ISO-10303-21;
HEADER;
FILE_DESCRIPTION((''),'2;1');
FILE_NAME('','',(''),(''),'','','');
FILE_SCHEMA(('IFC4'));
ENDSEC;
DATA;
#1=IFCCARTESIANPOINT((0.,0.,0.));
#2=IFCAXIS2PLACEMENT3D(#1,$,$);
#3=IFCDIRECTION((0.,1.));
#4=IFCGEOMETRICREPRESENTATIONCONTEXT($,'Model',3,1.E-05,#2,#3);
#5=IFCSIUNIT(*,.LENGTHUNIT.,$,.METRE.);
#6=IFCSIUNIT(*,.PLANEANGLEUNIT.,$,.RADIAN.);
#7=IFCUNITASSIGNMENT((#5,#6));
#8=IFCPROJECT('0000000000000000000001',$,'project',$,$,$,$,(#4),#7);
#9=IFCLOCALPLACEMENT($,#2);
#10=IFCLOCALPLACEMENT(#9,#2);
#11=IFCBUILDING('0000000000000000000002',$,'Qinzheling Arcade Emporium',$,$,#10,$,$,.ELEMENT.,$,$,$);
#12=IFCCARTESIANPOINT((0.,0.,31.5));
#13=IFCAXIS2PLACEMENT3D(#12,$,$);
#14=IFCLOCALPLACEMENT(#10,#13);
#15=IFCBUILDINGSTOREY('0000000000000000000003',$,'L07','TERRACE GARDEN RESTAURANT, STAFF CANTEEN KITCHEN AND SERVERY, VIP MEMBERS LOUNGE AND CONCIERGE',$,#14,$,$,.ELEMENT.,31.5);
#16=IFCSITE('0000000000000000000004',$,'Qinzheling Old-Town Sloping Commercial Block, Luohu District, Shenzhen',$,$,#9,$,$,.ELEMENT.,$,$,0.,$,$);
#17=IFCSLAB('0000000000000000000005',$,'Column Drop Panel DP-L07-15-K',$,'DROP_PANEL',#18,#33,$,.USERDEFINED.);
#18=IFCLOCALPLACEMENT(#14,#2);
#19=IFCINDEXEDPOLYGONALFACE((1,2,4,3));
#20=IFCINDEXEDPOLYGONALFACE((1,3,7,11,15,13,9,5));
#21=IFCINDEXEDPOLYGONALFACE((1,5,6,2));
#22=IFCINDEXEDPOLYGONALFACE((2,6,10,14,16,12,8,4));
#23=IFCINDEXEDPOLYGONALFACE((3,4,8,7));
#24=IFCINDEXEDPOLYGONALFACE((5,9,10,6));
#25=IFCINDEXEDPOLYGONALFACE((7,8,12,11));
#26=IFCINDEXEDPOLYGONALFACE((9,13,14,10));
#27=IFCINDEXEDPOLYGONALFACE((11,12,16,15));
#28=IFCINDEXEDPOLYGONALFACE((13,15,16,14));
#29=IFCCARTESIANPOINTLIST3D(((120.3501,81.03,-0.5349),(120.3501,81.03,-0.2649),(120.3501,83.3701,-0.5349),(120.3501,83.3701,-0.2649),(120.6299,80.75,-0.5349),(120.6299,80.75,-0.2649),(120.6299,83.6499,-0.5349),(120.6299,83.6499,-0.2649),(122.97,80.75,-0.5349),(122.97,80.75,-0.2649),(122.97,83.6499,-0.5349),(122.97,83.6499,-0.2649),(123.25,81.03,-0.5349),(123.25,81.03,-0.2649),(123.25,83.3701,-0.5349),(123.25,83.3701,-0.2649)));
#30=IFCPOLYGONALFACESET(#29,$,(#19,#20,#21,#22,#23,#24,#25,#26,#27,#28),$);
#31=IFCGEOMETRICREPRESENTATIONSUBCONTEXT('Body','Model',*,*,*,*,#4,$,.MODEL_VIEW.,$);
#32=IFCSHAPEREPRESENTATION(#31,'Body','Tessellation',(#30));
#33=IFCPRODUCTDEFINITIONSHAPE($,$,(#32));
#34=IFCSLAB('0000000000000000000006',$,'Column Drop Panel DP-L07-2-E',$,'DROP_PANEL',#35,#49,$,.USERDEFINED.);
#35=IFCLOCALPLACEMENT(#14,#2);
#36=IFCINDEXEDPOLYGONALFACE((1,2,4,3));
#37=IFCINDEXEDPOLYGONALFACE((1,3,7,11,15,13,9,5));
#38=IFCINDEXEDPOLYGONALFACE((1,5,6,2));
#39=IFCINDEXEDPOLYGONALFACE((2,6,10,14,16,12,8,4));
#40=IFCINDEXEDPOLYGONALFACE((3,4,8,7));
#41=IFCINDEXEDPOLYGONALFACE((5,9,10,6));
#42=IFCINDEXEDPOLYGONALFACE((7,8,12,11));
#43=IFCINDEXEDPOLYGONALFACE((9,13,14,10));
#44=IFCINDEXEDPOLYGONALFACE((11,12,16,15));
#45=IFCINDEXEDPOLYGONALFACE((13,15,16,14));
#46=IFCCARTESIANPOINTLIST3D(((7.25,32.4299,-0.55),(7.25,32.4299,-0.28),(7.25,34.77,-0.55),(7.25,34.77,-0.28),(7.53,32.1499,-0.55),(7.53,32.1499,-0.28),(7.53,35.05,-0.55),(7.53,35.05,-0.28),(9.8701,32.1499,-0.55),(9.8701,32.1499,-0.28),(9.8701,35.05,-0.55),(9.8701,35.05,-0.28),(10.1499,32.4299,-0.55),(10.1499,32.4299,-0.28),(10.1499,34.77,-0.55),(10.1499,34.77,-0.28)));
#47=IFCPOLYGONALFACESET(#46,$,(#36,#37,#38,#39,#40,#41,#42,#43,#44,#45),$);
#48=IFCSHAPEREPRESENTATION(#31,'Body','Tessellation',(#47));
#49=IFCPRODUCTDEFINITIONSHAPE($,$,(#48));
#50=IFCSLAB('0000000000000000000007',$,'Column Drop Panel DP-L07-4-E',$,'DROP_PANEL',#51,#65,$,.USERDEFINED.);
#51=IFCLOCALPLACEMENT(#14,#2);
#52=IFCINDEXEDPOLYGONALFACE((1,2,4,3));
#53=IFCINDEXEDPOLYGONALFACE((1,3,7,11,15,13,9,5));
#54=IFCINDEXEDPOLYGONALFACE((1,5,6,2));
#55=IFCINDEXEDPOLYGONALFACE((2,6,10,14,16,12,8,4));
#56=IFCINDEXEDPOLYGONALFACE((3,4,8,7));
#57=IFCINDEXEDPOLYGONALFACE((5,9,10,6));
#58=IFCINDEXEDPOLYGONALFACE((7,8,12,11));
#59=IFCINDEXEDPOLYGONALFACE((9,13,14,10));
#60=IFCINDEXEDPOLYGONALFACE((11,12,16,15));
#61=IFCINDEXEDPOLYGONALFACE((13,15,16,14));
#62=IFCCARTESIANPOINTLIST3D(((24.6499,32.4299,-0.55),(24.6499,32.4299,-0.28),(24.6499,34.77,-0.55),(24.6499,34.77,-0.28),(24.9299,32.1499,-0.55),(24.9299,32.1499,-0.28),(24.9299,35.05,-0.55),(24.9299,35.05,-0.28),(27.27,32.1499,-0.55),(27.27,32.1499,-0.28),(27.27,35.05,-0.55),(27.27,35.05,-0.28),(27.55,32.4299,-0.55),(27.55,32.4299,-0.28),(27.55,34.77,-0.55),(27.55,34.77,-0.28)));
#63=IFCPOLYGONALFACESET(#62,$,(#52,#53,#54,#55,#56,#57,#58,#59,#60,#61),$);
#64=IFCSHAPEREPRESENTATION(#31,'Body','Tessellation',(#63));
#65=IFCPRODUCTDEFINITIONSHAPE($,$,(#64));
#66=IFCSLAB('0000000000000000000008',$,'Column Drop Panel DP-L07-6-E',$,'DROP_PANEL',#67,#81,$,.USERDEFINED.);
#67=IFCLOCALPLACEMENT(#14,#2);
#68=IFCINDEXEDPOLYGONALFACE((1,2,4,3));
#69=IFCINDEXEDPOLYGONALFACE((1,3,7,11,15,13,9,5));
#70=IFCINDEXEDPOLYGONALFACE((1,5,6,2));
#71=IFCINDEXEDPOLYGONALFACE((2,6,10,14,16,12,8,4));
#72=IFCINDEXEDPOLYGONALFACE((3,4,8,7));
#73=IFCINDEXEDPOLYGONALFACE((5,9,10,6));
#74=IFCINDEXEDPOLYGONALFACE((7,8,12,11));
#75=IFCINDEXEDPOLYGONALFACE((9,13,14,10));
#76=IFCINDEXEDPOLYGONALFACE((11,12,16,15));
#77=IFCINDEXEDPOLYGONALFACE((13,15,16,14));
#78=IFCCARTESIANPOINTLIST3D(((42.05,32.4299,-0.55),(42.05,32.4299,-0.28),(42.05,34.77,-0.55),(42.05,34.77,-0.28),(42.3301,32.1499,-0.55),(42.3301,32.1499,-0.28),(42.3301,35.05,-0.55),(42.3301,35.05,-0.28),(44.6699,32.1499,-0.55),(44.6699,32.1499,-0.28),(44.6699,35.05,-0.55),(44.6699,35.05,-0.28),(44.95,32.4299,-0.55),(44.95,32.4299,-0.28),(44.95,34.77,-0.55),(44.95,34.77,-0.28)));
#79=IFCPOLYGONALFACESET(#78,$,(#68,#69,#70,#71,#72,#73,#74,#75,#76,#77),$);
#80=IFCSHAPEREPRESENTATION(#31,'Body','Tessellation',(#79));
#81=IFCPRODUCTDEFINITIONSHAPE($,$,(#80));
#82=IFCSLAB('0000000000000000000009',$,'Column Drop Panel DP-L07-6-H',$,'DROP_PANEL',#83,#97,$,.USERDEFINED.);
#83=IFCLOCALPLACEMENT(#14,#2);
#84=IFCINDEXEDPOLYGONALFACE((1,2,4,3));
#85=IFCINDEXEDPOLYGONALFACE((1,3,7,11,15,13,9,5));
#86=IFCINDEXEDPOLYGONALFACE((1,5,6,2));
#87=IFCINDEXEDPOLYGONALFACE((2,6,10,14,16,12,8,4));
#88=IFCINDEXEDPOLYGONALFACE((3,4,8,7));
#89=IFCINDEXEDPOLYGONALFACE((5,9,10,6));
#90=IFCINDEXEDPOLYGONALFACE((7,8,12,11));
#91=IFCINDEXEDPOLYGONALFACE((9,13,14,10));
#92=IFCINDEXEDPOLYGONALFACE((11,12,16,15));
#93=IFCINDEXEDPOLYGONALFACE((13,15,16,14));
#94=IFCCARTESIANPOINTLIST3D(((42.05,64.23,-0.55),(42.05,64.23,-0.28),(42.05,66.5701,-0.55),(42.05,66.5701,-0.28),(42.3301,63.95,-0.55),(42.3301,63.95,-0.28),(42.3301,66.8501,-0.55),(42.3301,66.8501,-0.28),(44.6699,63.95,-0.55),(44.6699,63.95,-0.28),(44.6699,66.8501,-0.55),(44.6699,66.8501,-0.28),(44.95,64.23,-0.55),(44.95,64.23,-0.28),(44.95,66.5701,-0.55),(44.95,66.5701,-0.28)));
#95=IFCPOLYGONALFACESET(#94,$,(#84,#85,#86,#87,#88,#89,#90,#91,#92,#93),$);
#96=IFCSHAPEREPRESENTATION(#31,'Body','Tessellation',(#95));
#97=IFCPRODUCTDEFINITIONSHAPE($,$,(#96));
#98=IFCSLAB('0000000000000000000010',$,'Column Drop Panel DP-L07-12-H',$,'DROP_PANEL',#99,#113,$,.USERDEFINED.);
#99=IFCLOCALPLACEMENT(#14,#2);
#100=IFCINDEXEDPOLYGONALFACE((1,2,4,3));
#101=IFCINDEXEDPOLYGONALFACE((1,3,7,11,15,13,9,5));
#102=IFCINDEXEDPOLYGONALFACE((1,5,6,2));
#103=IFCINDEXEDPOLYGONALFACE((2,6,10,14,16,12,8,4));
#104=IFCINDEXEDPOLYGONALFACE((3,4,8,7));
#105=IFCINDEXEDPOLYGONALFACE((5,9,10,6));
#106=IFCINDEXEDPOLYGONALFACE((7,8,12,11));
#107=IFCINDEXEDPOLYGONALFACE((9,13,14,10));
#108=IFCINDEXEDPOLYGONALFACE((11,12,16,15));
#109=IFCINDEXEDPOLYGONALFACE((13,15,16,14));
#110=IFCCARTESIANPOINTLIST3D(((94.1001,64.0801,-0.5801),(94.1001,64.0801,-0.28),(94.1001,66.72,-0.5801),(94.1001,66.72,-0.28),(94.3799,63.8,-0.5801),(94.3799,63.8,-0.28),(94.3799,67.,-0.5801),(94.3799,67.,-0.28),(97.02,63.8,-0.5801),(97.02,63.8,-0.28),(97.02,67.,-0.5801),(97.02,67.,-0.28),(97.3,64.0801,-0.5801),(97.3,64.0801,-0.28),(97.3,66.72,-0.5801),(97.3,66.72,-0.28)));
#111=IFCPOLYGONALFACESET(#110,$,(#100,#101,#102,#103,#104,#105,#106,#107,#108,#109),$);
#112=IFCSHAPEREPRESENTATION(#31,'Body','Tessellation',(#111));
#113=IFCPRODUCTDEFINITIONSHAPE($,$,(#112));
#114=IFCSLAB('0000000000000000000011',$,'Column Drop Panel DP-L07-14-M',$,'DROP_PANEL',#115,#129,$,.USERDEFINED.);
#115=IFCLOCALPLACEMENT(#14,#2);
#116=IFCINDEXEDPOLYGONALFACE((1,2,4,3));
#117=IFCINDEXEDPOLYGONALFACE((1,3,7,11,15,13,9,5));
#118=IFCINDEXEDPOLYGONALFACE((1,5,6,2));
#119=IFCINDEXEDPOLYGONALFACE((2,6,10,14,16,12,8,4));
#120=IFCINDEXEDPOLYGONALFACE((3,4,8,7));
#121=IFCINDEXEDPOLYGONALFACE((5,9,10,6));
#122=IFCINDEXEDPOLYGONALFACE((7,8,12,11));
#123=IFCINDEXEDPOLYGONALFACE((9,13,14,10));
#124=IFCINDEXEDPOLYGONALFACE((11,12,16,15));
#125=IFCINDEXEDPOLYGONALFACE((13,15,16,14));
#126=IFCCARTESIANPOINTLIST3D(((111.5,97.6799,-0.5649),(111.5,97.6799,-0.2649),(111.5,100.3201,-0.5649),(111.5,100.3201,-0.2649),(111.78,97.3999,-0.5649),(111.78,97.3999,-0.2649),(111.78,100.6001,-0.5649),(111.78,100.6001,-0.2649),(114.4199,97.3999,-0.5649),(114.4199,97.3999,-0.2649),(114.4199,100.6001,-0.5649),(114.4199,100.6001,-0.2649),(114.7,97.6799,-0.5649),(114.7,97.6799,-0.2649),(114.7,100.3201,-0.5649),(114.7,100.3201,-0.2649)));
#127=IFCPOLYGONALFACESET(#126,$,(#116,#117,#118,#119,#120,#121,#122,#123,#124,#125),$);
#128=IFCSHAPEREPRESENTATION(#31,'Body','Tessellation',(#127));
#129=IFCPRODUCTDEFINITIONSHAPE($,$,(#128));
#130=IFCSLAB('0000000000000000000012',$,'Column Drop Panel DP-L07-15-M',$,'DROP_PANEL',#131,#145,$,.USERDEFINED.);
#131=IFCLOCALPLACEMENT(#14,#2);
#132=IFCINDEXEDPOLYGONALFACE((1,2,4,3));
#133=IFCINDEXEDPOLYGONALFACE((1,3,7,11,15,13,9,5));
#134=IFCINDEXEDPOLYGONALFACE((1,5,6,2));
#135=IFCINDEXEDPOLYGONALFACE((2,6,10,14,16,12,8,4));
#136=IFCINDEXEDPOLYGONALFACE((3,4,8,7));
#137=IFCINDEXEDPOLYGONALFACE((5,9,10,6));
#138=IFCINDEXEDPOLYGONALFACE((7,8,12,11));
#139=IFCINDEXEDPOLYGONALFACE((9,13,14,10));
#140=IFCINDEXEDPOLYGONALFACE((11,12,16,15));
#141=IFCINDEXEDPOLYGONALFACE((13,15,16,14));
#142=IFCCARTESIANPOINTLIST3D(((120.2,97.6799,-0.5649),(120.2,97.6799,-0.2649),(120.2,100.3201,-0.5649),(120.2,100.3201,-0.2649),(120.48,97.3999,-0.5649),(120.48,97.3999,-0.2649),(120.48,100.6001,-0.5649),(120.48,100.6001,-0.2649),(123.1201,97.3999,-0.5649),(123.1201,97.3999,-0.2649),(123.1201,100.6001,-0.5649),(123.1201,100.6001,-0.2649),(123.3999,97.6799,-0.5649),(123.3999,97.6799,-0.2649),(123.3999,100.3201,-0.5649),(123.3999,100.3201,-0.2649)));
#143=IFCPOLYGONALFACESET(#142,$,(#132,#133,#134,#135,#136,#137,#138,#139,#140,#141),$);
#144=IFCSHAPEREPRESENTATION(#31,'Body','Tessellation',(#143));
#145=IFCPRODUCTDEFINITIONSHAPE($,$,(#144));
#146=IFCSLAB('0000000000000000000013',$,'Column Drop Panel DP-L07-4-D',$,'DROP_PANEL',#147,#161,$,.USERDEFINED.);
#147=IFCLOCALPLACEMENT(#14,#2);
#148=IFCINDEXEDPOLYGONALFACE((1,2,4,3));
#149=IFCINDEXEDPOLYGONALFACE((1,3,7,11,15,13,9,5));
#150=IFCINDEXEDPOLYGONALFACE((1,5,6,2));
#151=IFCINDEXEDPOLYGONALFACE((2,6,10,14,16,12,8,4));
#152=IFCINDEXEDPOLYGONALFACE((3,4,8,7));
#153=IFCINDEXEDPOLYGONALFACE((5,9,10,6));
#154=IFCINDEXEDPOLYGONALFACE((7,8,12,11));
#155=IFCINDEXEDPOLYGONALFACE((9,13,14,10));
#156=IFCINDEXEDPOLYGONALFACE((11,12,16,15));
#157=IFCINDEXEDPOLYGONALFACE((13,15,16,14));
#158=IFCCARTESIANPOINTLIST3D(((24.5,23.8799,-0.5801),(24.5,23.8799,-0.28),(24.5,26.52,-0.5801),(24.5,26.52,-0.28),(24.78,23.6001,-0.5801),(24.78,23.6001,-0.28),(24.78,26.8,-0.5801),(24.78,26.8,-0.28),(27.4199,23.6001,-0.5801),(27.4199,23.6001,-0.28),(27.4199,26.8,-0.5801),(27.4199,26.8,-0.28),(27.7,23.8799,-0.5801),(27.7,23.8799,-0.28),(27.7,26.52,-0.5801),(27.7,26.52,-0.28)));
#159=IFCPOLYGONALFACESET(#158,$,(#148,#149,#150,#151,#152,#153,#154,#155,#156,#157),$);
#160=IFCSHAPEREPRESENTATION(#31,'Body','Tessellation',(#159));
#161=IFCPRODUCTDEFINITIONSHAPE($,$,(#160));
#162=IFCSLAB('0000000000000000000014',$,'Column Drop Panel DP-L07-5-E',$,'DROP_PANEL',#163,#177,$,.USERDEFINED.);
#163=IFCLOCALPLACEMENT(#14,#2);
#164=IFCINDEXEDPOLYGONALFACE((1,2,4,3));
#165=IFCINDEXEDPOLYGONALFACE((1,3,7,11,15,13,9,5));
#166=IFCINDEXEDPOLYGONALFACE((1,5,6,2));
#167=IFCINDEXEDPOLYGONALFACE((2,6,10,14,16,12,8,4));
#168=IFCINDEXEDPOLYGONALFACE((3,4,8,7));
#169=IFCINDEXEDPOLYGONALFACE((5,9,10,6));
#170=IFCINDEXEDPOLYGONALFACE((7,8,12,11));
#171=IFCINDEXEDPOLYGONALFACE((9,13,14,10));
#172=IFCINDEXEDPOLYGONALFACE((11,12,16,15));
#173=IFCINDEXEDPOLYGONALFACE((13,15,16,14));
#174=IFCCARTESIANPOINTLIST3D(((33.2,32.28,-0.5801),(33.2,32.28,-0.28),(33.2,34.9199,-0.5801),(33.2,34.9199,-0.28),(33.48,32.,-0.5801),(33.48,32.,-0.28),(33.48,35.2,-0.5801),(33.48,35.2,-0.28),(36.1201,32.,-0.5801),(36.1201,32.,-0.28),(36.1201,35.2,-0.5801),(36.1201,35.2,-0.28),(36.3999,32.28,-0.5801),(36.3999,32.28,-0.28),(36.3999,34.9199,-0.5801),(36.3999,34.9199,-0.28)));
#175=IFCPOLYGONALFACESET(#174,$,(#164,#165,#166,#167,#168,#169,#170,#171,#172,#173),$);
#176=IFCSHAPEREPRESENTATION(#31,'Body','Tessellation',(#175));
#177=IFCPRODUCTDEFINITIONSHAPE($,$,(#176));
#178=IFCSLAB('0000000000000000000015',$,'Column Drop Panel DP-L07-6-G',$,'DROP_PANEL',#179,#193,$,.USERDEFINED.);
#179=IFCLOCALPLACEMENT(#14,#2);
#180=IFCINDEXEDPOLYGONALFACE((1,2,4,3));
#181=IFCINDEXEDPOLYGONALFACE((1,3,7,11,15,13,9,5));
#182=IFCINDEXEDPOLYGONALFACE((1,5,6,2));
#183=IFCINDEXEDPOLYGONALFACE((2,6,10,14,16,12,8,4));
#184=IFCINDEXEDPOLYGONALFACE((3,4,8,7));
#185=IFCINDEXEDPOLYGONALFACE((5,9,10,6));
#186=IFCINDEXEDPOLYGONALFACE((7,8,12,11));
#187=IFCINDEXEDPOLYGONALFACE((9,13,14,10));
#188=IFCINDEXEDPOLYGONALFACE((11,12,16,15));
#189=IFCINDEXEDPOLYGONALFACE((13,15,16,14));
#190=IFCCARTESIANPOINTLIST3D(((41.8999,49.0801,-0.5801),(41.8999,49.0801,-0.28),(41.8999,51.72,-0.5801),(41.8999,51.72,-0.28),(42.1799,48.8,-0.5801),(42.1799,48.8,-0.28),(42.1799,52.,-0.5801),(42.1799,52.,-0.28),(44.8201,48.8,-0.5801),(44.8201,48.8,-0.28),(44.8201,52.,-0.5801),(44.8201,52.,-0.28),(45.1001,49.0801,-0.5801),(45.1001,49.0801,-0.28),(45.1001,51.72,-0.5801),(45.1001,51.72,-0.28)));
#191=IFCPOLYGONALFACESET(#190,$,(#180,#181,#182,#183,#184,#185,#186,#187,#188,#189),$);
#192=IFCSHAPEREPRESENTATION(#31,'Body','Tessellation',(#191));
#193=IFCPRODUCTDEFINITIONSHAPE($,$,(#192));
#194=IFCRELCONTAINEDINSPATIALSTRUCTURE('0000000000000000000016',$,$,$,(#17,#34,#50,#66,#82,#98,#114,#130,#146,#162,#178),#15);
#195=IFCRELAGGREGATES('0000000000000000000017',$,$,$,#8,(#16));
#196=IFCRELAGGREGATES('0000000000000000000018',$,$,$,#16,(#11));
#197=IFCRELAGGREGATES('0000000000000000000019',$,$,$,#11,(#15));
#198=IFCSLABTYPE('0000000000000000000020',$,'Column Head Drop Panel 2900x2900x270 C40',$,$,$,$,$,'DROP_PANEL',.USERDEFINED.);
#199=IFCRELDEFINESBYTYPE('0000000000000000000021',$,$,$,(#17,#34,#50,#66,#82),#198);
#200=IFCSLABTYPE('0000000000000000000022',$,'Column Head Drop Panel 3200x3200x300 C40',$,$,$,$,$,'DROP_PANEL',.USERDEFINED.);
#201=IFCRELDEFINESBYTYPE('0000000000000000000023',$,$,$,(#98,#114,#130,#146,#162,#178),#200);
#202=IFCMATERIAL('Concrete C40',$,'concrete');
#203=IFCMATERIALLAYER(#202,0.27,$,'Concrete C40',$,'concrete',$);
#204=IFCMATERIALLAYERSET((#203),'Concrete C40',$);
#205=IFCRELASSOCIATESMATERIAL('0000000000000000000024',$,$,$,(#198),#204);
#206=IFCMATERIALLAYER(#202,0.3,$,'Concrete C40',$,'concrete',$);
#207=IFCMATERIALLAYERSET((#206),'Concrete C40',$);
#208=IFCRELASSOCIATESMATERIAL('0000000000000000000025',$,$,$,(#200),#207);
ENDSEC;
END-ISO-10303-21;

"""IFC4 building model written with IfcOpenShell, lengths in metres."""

from ifc_helpers import new_model, si_unit, direction, frame, origin, place, context, subcontext, project, spatial, polyline, outline, extrude, material, layer, layer_set, type_object, element, save


model = new_model("IFC4")

# Units and contexts
model_context = context("Model", 3, precision=1e-05, world=origin(), true_north=direction((0.0, 1.0)))
body_context = subcontext(model_context, "Body", "Model", "MODEL_VIEW")
ifc_project = project(units=[si_unit("LENGTHUNIT", "METRE"), si_unit("PLANEANGLEUNIT", "RADIAN")], contexts=[model_context])

# Site, building, storey
site_placement = place(None, origin())
site = spatial("IfcSite", under=ifc_project, at=site_placement, Name="Qinzheling Old-Town Sloping Commercial Block, Luohu District, Shenzhen", CompositionType="ELEMENT", RefElevation=0.0)
building_placement = place(site_placement, origin())
building = spatial("IfcBuilding", under=site, at=building_placement, Name="Qinzheling Arcade Emporium", CompositionType="ELEMENT")
storey_placement = place(building_placement, frame((0.0, 0.0, 31.5)))
storey = spatial("IfcBuildingStorey", under=building, at=storey_placement, Name="L07", Description="TERRACE GARDEN RESTAURANT, STAFF CANTEEN KITCHEN AND SERVERY, VIP MEMBERS LOUNGE AND CONCIERGE", CompositionType="ELEMENT", Elevation=31.5)

# Slabs
ifc_material = material(Name="Concrete C40", Category="concrete")
ifc_layer_1 = layer(ifc_material, 0.27, Name="Concrete C40", Category="concrete")
ifc_layer_set_1 = layer_set([ifc_layer_1], Name="Concrete C40")
slab_type_1 = type_object("IfcSlabType", Name="Column Head Drop Panel 2900x2900x270 C40", ElementType="DROP_PANEL", PredefinedType="USERDEFINED", material=ifc_layer_set_1)
slab_1_placement = place(storey_placement, frame((0.0, 0.0, -0.5349)))
element("IfcSlab", 1, at=slab_1_placement, inside=storey, type_object=slab_type_1, Name="Column Drop Panel DP-L07-15-K", ObjectType="DROP_PANEL", PredefinedType="USERDEFINED", context=body_context, shape_type="SweptSolid", body=[
    extrude(outline(polyline([(120.6299, 80.75), (122.97, 80.75), (123.25, 81.03), (123.25, 83.3701), (122.97, 83.6499), (120.6299, 83.6499), (120.3501, 83.3701), (120.3501, 81.03), (120.6299, 80.75)])), origin(), (0.0, 0.0, 1.0), 0.27),
])
slab_2_placement = place(storey_placement, frame((0.0, 0.0, -0.55)))
element("IfcSlab", 2, at=slab_2_placement, inside=storey, type_object=slab_type_1, Name="Column Drop Panel DP-L07-2-E", ObjectType="DROP_PANEL", PredefinedType="USERDEFINED", context=body_context, shape_type="SweptSolid", body=[
    extrude(outline(polyline([(7.53, 32.1499), (9.8701, 32.1499), (10.1499, 32.4299), (10.1499, 34.77), (9.8701, 35.05), (7.53, 35.05), (7.25, 34.77), (7.25, 32.4299), (7.53, 32.1499)])), origin(), (0.0, 0.0, 1.0), 0.27),
])
slab_3_placement = place(storey_placement, frame((0.0, 0.0, -0.55)))
element("IfcSlab", 3, at=slab_3_placement, inside=storey, type_object=slab_type_1, Name="Column Drop Panel DP-L07-4-E", ObjectType="DROP_PANEL", PredefinedType="USERDEFINED", context=body_context, shape_type="SweptSolid", body=[
    extrude(outline(polyline([(24.9299, 32.1499), (27.27, 32.1499), (27.55, 32.4299), (27.55, 34.77), (27.27, 35.05), (24.9299, 35.05), (24.6499, 34.77), (24.6499, 32.4299), (24.9299, 32.1499)])), origin(), (0.0, 0.0, 1.0), 0.27),
])
slab_4_placement = place(storey_placement, frame((0.0, 0.0, -0.55)))
element("IfcSlab", 4, at=slab_4_placement, inside=storey, type_object=slab_type_1, Name="Column Drop Panel DP-L07-6-E", ObjectType="DROP_PANEL", PredefinedType="USERDEFINED", context=body_context, shape_type="SweptSolid", body=[
    extrude(outline(polyline([(42.3301, 32.1499), (44.6699, 32.1499), (44.95, 32.4299), (44.95, 34.77), (44.6699, 35.05), (42.3301, 35.05), (42.05, 34.77), (42.05, 32.4299), (42.3301, 32.1499)])), origin(), (0.0, 0.0, 1.0), 0.27),
])
slab_5_placement = place(storey_placement, frame((0.0, 0.0, -0.55)))
element("IfcSlab", 5, at=slab_5_placement, inside=storey, type_object=slab_type_1, Name="Column Drop Panel DP-L07-6-H", ObjectType="DROP_PANEL", PredefinedType="USERDEFINED", context=body_context, shape_type="SweptSolid", body=[
    extrude(outline(polyline([(42.3301, 63.95), (44.6699, 63.95), (44.95, 64.23), (44.95, 66.5701), (44.6699, 66.8501), (42.3301, 66.8501), (42.05, 66.5701), (42.05, 64.23), (42.3301, 63.95)])), origin(), (0.0, 0.0, 1.0), 0.27),
])
ifc_layer_2 = layer(ifc_material, 0.3, Name="Concrete C40", Category="concrete")
ifc_layer_set_2 = layer_set([ifc_layer_2], Name="Concrete C40")
slab_type_2 = type_object("IfcSlabType", Name="Column Head Drop Panel 3200x3200x300 C40", ElementType="DROP_PANEL", PredefinedType="USERDEFINED", material=ifc_layer_set_2)
slab_6_placement = place(storey_placement, frame((0.0, 0.0, -0.5801)))
element("IfcSlab", 6, at=slab_6_placement, inside=storey, type_object=slab_type_2, Name="Column Drop Panel DP-L07-12-H", ObjectType="DROP_PANEL", PredefinedType="USERDEFINED", context=body_context, shape_type="SweptSolid", body=[
    extrude(outline(polyline([(94.3799, 63.8), (97.02, 63.8), (97.3, 64.0801), (97.3, 66.72), (97.02, 67.0), (94.3799, 67.0), (94.1001, 66.72), (94.1001, 64.0801), (94.3799, 63.8)])), origin(), (0.0, 0.0, 1.0), 0.3),
])
slab_7_placement = place(storey_placement, frame((0.0, 0.0, -0.5649)))
element("IfcSlab", 7, at=slab_7_placement, inside=storey, type_object=slab_type_2, Name="Column Drop Panel DP-L07-14-M", ObjectType="DROP_PANEL", PredefinedType="USERDEFINED", context=body_context, shape_type="SweptSolid", body=[
    extrude(outline(polyline([(111.78, 97.3999), (114.4199, 97.3999), (114.7, 97.6799), (114.7, 100.3201), (114.4199, 100.6001), (111.78, 100.6001), (111.5, 100.3201), (111.5, 97.6799), (111.78, 97.3999)])), origin(), (0.0, 0.0, 1.0), 0.3),
])
slab_8_placement = place(storey_placement, frame((0.0, 0.0, -0.5649)))
element("IfcSlab", 8, at=slab_8_placement, inside=storey, type_object=slab_type_2, Name="Column Drop Panel DP-L07-15-M", ObjectType="DROP_PANEL", PredefinedType="USERDEFINED", context=body_context, shape_type="SweptSolid", body=[
    extrude(outline(polyline([(120.48, 97.3999), (123.1201, 97.3999), (123.3999, 97.6799), (123.3999, 100.3201), (123.1201, 100.6001), (120.48, 100.6001), (120.2, 100.3201), (120.2, 97.6799), (120.48, 97.3999)])), origin(), (0.0, 0.0, 1.0), 0.3),
])
slab_9_placement = place(storey_placement, frame((0.0, 0.0, -0.5801)))
element("IfcSlab", 9, at=slab_9_placement, inside=storey, type_object=slab_type_2, Name="Column Drop Panel DP-L07-4-D", ObjectType="DROP_PANEL", PredefinedType="USERDEFINED", context=body_context, shape_type="SweptSolid", body=[
    extrude(outline(polyline([(24.78, 23.6001), (27.4199, 23.6001), (27.7, 23.8799), (27.7, 26.52), (27.4199, 26.8), (24.78, 26.8), (24.5, 26.52), (24.5, 23.8799), (24.78, 23.6001)])), origin(), (0.0, 0.0, 1.0), 0.3),
])
slab_10_placement = place(storey_placement, frame((0.0, 0.0, -0.5801)))
element("IfcSlab", 10, at=slab_10_placement, inside=storey, type_object=slab_type_2, Name="Column Drop Panel DP-L07-5-E", ObjectType="DROP_PANEL", PredefinedType="USERDEFINED", context=body_context, shape_type="SweptSolid", body=[
    extrude(outline(polyline([(33.48, 32.0), (36.1201, 32.0), (36.3999, 32.28), (36.3999, 34.9199), (36.1201, 35.2), (33.48, 35.2), (33.2, 34.9199), (33.2, 32.28), (33.48, 32.0)])), origin(), (0.0, 0.0, 1.0), 0.3),
])
slab_11_placement = place(storey_placement, frame((0.0, 0.0, -0.5801)))
element("IfcSlab", 11, at=slab_11_placement, inside=storey, type_object=slab_type_2, Name="Column Drop Panel DP-L07-6-G", ObjectType="DROP_PANEL", PredefinedType="USERDEFINED", context=body_context, shape_type="SweptSolid", body=[
    extrude(outline(polyline([(42.1799, 48.8), (44.8201, 48.8), (45.1001, 49.0801), (45.1001, 51.72), (44.8201, 52.0), (42.1799, 52.0), (41.8999, 51.72), (41.8999, 49.0801), (42.1799, 48.8)])), origin(), (0.0, 0.0, 1.0), 0.3),
])

save(model, "model.ifc")
